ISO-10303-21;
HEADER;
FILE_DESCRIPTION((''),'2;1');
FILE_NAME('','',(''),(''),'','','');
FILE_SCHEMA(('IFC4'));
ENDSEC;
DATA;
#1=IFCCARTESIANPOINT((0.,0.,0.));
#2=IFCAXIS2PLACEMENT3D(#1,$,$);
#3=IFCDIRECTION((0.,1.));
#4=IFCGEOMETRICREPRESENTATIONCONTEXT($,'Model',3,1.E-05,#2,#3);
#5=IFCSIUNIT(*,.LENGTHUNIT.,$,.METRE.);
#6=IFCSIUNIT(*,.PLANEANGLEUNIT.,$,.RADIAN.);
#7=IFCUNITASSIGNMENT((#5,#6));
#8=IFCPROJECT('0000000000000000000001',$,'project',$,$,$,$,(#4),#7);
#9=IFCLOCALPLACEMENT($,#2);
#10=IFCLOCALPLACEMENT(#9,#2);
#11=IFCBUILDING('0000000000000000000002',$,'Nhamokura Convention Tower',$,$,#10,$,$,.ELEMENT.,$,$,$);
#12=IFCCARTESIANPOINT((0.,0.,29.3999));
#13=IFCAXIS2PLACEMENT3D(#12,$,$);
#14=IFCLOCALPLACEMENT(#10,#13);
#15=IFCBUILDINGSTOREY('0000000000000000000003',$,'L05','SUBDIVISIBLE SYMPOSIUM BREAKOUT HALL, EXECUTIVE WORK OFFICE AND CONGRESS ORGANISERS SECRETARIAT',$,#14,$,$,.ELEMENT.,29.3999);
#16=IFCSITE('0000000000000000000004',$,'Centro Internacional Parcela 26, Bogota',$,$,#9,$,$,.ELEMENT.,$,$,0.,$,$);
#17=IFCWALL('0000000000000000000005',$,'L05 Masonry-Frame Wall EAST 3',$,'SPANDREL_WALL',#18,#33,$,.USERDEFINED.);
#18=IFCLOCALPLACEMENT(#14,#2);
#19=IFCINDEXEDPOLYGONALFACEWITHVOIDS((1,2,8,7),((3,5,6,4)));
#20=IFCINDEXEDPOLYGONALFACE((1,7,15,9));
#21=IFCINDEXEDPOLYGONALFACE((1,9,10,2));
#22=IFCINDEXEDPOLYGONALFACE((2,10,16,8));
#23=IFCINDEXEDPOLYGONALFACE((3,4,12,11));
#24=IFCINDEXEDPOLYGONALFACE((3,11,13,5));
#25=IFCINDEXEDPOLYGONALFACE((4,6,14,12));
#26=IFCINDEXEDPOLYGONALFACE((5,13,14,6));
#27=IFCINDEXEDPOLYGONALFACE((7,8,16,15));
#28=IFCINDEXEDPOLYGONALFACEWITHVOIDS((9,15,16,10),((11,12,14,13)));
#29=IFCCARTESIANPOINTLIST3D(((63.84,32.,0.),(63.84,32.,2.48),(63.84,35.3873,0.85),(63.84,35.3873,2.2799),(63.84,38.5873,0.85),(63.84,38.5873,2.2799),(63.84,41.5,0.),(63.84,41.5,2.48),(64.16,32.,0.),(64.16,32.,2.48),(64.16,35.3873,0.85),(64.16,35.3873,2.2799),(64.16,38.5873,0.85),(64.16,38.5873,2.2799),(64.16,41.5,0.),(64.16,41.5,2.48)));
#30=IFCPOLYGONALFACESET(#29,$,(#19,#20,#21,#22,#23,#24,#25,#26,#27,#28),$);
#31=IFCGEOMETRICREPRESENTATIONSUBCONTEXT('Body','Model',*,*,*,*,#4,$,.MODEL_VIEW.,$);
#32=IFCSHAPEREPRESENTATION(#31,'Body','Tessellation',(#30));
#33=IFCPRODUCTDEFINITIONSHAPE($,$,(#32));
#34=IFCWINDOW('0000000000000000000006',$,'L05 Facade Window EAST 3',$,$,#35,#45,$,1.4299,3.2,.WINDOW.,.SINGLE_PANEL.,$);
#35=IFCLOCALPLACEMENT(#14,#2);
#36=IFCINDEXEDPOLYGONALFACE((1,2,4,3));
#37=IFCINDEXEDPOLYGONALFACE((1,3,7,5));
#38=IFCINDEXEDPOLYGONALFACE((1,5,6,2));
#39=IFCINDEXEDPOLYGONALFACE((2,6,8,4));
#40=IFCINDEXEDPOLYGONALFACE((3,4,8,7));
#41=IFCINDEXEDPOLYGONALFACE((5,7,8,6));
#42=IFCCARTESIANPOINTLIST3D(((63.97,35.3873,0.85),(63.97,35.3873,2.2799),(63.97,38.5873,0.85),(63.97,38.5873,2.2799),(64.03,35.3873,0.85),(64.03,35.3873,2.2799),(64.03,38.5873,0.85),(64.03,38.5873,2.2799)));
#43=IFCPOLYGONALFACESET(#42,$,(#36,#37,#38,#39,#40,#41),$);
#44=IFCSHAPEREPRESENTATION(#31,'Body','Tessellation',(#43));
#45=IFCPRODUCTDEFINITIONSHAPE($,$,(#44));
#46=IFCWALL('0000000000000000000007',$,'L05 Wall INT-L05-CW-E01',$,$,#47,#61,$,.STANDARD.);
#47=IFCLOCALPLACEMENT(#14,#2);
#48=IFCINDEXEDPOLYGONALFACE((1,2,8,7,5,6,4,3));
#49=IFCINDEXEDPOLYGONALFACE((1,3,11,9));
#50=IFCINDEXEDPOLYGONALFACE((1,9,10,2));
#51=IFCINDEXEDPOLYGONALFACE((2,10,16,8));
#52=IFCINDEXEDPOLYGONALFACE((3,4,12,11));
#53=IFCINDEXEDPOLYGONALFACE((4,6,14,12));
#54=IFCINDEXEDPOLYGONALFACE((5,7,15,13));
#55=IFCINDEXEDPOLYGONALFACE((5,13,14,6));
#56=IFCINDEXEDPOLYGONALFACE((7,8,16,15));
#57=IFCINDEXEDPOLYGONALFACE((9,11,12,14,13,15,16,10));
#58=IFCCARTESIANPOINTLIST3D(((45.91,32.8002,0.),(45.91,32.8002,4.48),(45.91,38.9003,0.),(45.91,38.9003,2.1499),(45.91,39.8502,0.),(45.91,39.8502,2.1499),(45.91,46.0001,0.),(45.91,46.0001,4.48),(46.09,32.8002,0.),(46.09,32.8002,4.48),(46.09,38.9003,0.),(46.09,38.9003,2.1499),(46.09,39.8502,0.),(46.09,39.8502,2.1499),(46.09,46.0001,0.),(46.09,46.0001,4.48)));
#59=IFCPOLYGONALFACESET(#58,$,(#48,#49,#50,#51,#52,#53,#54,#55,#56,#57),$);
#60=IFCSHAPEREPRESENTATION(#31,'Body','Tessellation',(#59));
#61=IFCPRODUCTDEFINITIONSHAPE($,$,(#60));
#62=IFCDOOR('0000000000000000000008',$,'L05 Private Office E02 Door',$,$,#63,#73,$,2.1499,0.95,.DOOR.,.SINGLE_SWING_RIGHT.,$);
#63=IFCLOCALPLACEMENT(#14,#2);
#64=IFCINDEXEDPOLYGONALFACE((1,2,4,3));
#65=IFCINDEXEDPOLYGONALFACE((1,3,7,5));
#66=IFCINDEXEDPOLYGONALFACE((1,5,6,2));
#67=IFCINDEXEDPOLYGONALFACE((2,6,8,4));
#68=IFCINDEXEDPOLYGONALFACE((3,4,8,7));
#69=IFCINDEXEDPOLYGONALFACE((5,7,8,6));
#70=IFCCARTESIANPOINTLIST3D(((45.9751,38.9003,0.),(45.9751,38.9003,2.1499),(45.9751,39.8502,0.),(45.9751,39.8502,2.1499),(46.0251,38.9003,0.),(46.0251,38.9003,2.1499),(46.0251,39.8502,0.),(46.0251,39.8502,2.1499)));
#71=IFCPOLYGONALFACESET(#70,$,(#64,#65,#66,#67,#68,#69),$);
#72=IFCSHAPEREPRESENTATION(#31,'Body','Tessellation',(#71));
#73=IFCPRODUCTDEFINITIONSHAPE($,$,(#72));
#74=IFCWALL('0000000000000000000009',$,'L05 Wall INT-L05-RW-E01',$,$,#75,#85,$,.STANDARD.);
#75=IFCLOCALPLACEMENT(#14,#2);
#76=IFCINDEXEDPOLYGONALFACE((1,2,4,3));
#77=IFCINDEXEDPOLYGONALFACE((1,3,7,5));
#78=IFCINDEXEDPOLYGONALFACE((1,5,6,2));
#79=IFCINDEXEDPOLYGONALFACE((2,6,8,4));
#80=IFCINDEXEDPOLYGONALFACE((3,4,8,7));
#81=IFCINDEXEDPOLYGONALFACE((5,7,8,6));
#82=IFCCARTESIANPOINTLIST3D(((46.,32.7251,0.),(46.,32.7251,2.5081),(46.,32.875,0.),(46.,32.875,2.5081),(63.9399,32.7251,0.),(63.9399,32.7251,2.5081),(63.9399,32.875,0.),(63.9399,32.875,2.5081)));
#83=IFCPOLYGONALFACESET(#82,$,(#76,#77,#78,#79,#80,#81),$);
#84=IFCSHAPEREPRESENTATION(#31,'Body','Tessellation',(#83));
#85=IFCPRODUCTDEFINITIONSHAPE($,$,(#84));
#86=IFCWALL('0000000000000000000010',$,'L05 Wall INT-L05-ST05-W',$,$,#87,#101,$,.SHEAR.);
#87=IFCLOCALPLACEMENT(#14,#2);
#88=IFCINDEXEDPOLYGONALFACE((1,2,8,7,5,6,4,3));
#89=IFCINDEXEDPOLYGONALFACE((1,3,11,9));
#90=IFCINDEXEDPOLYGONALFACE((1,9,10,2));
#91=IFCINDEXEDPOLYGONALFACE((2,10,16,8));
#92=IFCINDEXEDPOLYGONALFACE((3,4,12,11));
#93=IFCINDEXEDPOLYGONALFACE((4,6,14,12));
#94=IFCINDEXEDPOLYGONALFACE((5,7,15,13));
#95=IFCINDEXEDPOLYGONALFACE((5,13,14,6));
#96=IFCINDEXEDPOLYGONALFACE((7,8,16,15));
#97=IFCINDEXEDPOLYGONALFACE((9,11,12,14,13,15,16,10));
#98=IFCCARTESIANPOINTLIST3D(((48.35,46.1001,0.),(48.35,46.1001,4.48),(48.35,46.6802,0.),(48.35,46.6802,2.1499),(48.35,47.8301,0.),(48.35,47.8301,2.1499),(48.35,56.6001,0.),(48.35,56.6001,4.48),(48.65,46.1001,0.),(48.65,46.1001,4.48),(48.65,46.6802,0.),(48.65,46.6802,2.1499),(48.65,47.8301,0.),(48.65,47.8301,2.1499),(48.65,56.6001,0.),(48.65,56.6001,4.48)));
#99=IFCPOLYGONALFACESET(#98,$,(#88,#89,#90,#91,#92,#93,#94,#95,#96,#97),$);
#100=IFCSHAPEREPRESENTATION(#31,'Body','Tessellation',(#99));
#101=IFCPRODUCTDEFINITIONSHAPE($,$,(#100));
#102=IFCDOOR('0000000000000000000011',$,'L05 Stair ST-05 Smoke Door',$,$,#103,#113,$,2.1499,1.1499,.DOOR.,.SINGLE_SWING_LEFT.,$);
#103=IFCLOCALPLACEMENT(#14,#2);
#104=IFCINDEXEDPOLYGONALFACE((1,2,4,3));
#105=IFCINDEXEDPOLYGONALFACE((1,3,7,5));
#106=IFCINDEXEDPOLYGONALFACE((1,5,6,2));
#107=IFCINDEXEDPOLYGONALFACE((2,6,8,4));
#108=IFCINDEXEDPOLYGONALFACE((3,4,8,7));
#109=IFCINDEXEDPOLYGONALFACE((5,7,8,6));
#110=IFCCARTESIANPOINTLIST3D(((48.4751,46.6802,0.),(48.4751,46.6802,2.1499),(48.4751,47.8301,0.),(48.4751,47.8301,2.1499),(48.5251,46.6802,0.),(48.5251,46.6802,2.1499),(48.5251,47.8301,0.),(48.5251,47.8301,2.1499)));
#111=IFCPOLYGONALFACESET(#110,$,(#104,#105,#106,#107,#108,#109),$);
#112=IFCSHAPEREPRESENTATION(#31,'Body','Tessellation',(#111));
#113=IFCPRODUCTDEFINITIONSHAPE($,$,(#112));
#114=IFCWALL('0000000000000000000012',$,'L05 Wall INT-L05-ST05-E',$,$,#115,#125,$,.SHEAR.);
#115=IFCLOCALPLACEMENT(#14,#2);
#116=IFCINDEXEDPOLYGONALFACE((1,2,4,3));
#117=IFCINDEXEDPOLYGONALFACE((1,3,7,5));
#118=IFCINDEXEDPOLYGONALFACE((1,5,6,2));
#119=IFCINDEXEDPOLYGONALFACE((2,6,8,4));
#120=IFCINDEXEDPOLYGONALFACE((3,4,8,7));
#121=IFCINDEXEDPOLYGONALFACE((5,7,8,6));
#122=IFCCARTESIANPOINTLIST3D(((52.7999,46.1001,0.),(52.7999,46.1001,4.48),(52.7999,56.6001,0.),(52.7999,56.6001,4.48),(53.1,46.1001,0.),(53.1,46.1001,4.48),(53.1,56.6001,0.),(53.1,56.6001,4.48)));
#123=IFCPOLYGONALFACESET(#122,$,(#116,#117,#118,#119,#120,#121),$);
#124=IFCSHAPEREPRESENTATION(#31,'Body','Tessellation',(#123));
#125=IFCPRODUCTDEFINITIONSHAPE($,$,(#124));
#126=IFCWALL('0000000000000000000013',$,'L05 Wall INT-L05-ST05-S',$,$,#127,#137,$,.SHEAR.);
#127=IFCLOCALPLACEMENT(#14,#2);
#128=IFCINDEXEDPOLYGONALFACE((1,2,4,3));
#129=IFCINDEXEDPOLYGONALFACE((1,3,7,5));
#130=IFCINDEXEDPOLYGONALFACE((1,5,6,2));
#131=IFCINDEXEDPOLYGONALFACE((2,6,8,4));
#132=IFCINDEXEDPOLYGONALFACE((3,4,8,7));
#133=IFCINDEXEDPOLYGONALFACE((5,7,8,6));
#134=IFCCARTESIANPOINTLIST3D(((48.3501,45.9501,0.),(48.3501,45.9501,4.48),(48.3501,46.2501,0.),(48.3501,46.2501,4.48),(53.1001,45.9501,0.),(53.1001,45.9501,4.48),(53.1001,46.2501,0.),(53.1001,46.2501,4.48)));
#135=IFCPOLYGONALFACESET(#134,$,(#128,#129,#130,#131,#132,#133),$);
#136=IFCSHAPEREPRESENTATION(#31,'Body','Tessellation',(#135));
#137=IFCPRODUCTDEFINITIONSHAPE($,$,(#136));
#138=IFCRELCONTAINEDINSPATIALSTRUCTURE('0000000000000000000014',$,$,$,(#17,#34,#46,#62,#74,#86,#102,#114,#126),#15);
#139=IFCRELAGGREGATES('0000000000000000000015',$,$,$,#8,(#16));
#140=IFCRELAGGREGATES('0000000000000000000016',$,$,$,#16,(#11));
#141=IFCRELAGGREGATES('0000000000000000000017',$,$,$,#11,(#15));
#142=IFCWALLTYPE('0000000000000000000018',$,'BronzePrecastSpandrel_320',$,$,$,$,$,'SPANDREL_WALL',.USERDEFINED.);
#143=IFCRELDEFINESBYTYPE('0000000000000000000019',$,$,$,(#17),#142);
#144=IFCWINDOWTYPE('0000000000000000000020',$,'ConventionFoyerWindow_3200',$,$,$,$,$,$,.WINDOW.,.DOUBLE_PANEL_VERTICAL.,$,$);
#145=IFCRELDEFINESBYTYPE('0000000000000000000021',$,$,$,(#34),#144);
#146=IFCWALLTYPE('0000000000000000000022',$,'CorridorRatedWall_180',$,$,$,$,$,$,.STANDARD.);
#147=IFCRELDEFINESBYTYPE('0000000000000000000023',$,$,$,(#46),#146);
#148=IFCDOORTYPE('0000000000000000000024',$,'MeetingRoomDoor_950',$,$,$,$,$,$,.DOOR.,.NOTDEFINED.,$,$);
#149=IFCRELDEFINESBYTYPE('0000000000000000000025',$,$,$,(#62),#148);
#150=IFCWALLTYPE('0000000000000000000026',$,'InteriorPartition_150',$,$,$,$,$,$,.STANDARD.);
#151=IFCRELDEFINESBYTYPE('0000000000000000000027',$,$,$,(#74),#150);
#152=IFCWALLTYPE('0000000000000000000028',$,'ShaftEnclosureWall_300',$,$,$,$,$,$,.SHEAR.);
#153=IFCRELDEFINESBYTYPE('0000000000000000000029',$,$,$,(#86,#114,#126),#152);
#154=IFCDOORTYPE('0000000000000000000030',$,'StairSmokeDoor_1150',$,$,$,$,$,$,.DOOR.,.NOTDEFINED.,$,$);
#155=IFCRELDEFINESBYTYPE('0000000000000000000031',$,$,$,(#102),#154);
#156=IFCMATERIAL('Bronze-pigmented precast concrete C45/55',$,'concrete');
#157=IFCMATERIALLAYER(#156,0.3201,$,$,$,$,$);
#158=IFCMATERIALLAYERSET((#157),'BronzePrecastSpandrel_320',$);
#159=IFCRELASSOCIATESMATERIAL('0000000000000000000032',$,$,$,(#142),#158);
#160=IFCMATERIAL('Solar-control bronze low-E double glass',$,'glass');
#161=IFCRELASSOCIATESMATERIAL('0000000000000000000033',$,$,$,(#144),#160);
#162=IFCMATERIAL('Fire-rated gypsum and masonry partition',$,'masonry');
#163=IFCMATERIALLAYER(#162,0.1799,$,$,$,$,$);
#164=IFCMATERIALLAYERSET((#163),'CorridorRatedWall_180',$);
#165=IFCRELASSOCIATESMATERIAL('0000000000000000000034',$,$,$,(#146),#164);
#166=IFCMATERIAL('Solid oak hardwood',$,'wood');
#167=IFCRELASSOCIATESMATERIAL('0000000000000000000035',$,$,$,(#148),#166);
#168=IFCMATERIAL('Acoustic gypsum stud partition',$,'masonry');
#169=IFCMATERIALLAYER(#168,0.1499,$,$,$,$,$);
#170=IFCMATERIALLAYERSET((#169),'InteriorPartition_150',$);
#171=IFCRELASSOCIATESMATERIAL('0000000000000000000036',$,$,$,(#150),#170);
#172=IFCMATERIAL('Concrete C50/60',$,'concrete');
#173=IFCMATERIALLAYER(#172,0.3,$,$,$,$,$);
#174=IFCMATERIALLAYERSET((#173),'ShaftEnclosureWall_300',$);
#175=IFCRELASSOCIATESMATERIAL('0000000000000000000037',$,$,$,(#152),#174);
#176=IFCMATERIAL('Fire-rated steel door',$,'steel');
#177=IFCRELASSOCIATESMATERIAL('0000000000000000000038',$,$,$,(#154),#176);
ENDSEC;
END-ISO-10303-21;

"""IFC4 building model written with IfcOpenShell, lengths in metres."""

from ifc_helpers import new_model, si_unit, direction, frame, frame_2d, origin, place, context, subcontext, project, spatial, rectangle, extrude, material, layer, layer_set, type_object, element, fill, save


model = new_model("IFC4")

# Units and contexts
model_context = context("Model", 3, precision=1e-05, world=origin(), true_north=direction((0.0, 1.0)))
body_context = subcontext(model_context, "Body", "Model", "MODEL_VIEW")
ifc_project = project(units=[si_unit("LENGTHUNIT", "METRE"), si_unit("PLANEANGLEUNIT", "RADIAN")], contexts=[model_context])

# Site, building, storey
site_placement = place(None, origin())
site = spatial("IfcSite", under=ifc_project, at=site_placement, Name="Centro Internacional Parcela 26, Bogota", CompositionType="ELEMENT", RefElevation=0.0)
building_placement = place(site_placement, origin())
building = spatial("IfcBuilding", under=site, at=building_placement, Name="Nhamokura Convention Tower", CompositionType="ELEMENT")
storey_placement = place(building_placement, frame((0.0, 0.0, 29.3999)))
storey = spatial("IfcBuildingStorey", under=building, at=storey_placement, Name="L05", Description="SUBDIVISIBLE SYMPOSIUM BREAKOUT HALL, EXECUTIVE WORK OFFICE AND CONGRESS ORGANISERS SECRETARIAT", CompositionType="ELEMENT", Elevation=29.3999)

# Wall, opening, window
ifc_material_1 = material(Name="Bronze-pigmented precast concrete C45/55", Category="concrete")
ifc_layer_1 = layer(ifc_material_1, 0.3201)
ifc_layer_set_1 = layer_set([ifc_layer_1], Name="BronzePrecastSpandrel_320")
wall_type_1 = type_object("IfcWallType", Name="BronzePrecastSpandrel_320", ElementType="SPANDREL_WALL", PredefinedType="USERDEFINED", material=ifc_layer_set_1)
ifc_material_2 = material(Name="Solar-control bronze low-E double glass", Category="glass")
window_type = type_object("IfcWindowType", Name="ConventionFoyerWindow_3200", PartitioningType="DOUBLE_PANEL_VERTICAL", PredefinedType="WINDOW", material=ifc_material_2)
wall_1_placement = place(storey_placement, frame((64.0, 41.5, 0.0), z_axis=(0.0, 0.0, 1.0), x_axis=(0.0, -1.0, 0.0)))
wall_1 = element("IfcWall", 1, at=wall_1_placement, inside=storey, type_object=wall_type_1, Name="L05 Masonry-Frame Wall EAST 3", ObjectType="SPANDREL_WALL", PredefinedType="USERDEFINED", context=body_context, shape_type="SweptSolid", body=[
    extrude(rectangle(XDim=9.5, YDim=0.3201, at=frame_2d((4.75, 0.0))), origin(), (0.0, 0.0, 1.0), 2.48),
])
opening_1_placement = place(wall_1_placement, frame((2.9126, 0.0, 0.8501)))
opening_1 = element("IfcOpeningElement", 2, at=opening_1_placement, cuts=wall_1, PredefinedType="OPENING", context=body_context, shape_type="SweptSolid", body=[
    extrude(rectangle(XDim=3.2, YDim=1.4299, at=frame_2d((1.6001, 0.7148))), frame((0.0, 0.1699, 0.0), z_axis=(0.0, -1.0, 0.0), x_axis=(1.0, 0.0, 0.0)), (0.0, 0.0, 1.0), 0.3401),
])
window_1_placement = place(opening_1_placement, origin())
window_1 = element("IfcWindow", 3, at=window_1_placement, inside=storey, type_object=window_type, Name="L05 Facade Window EAST 3", OverallHeight=1.4299, OverallWidth=3.2, PartitioningType="SINGLE_PANEL", PredefinedType="WINDOW", context=body_context, shape_type="SweptSolid", body=[
    extrude(rectangle(XDim=3.2, YDim=1.4299, at=frame_2d((1.6001, 0.7148))), frame((0.0, 0.03, 0.0), z_axis=(0.0, -1.0, 0.0), x_axis=(1.0, 0.0, 0.0)), (0.0, 0.0, 1.0), 0.0601),
])
fill(opening_1, window_1)

# Wall, opening, door
ifc_material_3 = material(Name="Fire-rated gypsum and masonry partition", Category="masonry")
ifc_layer_2 = layer(ifc_material_3, 0.1799)
ifc_layer_set_2 = layer_set([ifc_layer_2], Name="CorridorRatedWall_180")
wall_type_2 = type_object("IfcWallType", Name="CorridorRatedWall_180", PredefinedType="STANDARD", material=ifc_layer_set_2)
wall_2_placement = place(storey_placement, frame((46.0, 32.8, 0.0), z_axis=(0.0, 0.0, 1.0), x_axis=(0.0, 1.0, 0.0)))
wall_2 = element("IfcWall", 4, at=wall_2_placement, inside=storey, type_object=wall_type_2, Name="L05 Wall INT-L05-CW-E01", PredefinedType="STANDARD", context=body_context, shape_type="SweptSolid", body=[
    extrude(rectangle(XDim=13.2, YDim=0.1799, at=frame_2d((6.6001, 0.0))), origin(), (0.0, 0.0, 1.0), 4.48),
])
opening_2_placement = place(wall_2_placement, frame((6.1001, 0.0, 0.0)))
opening_2 = element("IfcOpeningElement", 5, at=opening_2_placement, cuts=wall_2, PredefinedType="OPENING", context=body_context, shape_type="SweptSolid", body=[
    extrude(rectangle(XDim=0.95, YDim=2.1499, at=frame_2d((0.4751, 1.075))), frame((0.0, 0.0999, 0.0), z_axis=(0.0, -1.0, 0.0), x_axis=(1.0, 0.0, 0.0)), (0.0, 0.0, 1.0), 0.2),
])
ifc_material_4 = material(Name="Solid oak hardwood", Category="wood")
door_type_1 = type_object("IfcDoorType", Name="MeetingRoomDoor_950", OperationType="NOTDEFINED", PredefinedType="DOOR", material=ifc_material_4)
door_1_placement = place(opening_2_placement, origin())
door_1 = element("IfcDoor", 6, at=door_1_placement, inside=storey, type_object=door_type_1, Name="L05 Private Office E02 Door", OperationType="SINGLE_SWING_RIGHT", OverallHeight=2.1499, OverallWidth=0.95, PredefinedType="DOOR", context=body_context, shape_type="SweptSolid", body=[
    extrude(rectangle(XDim=0.95, YDim=2.1499, at=frame_2d((0.4751, 1.075))), frame((0.0, 0.0249, 0.0), z_axis=(0.0, -1.0, 0.0), x_axis=(1.0, 0.0, 0.0)), (0.0, 0.0, 1.0), 0.05),
])
fill(opening_2, door_1)

# Wall
ifc_material_5 = material(Name="Acoustic gypsum stud partition", Category="masonry")
ifc_layer_3 = layer(ifc_material_5, 0.1499)
ifc_layer_set_3 = layer_set([ifc_layer_3], Name="InteriorPartition_150")
wall_type_3 = type_object("IfcWallType", Name="InteriorPartition_150", PredefinedType="STANDARD", material=ifc_layer_set_3)
wall_3_placement = place(storey_placement, frame((46.0, 32.8, 0.0), z_axis=(0.0, 0.0, 1.0), x_axis=(1.0, 0.0, 0.0)))
element("IfcWall", 7, at=wall_3_placement, inside=storey, type_object=wall_type_3, Name="L05 Wall INT-L05-RW-E01", PredefinedType="STANDARD", context=body_context, shape_type="SweptSolid", body=[
    extrude(rectangle(XDim=17.9399, YDim=0.1499, at=frame_2d((8.97, 0.0))), origin(), (0.0, 0.0, 1.0), 2.5081),
])

# Wall, opening, door
ifc_material_6 = material(Name="Concrete C50/60", Category="concrete")
ifc_layer_4 = layer(ifc_material_6, 0.3)
ifc_layer_set_4 = layer_set([ifc_layer_4], Name="ShaftEnclosureWall_300")
wall_type_4 = type_object("IfcWallType", Name="ShaftEnclosureWall_300", PredefinedType="SHEAR", material=ifc_layer_set_4)
wall_4_placement = place(storey_placement, frame((48.5, 46.1001, 0.0), z_axis=(0.0, 0.0, 1.0), x_axis=(0.0, 1.0, 0.0)))
wall_4 = element("IfcWall", 8, at=wall_4_placement, inside=storey, type_object=wall_type_4, Name="L05 Wall INT-L05-ST05-W", PredefinedType="SHEAR", context=body_context, shape_type="SweptSolid", body=[
    extrude(rectangle(XDim=10.5, YDim=0.3, at=frame_2d((5.25, 0.0))), origin(), (0.0, 0.0, 1.0), 4.48),
])
opening_3_placement = place(wall_4_placement, frame((0.5801, 0.0, 0.0)))
opening_3 = element("IfcOpeningElement", 9, at=opening_3_placement, cuts=wall_4, PredefinedType="OPENING", context=body_context, shape_type="SweptSolid", body=[
    extrude(rectangle(XDim=1.1499, YDim=2.1499, at=frame_2d((0.575, 1.075))), frame((0.0, 0.1599, 0.0), z_axis=(0.0, -1.0, 0.0), x_axis=(1.0, 0.0, 0.0)), (0.0, 0.0, 1.0), 0.3201),
])
ifc_material_7 = material(Name="Fire-rated steel door", Category="steel")
door_type_2 = type_object("IfcDoorType", Name="StairSmokeDoor_1150", OperationType="NOTDEFINED", PredefinedType="DOOR", material=ifc_material_7)
door_2_placement = place(opening_3_placement, origin())
door_2 = element("IfcDoor", 10, at=door_2_placement, inside=storey, type_object=door_type_2, Name="L05 Stair ST-05 Smoke Door", OperationType="SINGLE_SWING_LEFT", OverallHeight=2.1499, OverallWidth=1.1499, PredefinedType="DOOR", context=body_context, shape_type="SweptSolid", body=[
    extrude(rectangle(XDim=1.1499, YDim=2.1499, at=frame_2d((0.575, 1.075))), frame((0.0, 0.0249, 0.0), z_axis=(0.0, -1.0, 0.0), x_axis=(1.0, 0.0, 0.0)), (0.0, 0.0, 1.0), 0.05),
])
fill(opening_3, door_2)

# Walls
wall_5_placement = place(storey_placement, frame((52.95, 46.1001, 0.0), z_axis=(0.0, 0.0, 1.0), x_axis=(0.0, 1.0, 0.0)))
element("IfcWall", 11, at=wall_5_placement, inside=storey, type_object=wall_type_4, Name="L05 Wall INT-L05-ST05-E", PredefinedType="SHEAR", context=body_context, shape_type="SweptSolid", body=[
    extrude(rectangle(XDim=10.5, YDim=0.3, at=frame_2d((5.25, 0.0))), origin(), (0.0, 0.0, 1.0), 4.48),
])
wall_6_placement = place(storey_placement, frame((48.3501, 46.1001, 0.0), z_axis=(0.0, 0.0, 1.0), x_axis=(1.0, 0.0, 0.0)))
element("IfcWall", 12, at=wall_6_placement, inside=storey, type_object=wall_type_4, Name="L05 Wall INT-L05-ST05-S", PredefinedType="SHEAR", context=body_context, shape_type="SweptSolid", body=[
    extrude(rectangle(XDim=4.75, YDim=0.3, at=frame_2d((2.375, 0.0))), origin(), (0.0, 0.0, 1.0), 4.48),
])

save(model, "model.ifc")
